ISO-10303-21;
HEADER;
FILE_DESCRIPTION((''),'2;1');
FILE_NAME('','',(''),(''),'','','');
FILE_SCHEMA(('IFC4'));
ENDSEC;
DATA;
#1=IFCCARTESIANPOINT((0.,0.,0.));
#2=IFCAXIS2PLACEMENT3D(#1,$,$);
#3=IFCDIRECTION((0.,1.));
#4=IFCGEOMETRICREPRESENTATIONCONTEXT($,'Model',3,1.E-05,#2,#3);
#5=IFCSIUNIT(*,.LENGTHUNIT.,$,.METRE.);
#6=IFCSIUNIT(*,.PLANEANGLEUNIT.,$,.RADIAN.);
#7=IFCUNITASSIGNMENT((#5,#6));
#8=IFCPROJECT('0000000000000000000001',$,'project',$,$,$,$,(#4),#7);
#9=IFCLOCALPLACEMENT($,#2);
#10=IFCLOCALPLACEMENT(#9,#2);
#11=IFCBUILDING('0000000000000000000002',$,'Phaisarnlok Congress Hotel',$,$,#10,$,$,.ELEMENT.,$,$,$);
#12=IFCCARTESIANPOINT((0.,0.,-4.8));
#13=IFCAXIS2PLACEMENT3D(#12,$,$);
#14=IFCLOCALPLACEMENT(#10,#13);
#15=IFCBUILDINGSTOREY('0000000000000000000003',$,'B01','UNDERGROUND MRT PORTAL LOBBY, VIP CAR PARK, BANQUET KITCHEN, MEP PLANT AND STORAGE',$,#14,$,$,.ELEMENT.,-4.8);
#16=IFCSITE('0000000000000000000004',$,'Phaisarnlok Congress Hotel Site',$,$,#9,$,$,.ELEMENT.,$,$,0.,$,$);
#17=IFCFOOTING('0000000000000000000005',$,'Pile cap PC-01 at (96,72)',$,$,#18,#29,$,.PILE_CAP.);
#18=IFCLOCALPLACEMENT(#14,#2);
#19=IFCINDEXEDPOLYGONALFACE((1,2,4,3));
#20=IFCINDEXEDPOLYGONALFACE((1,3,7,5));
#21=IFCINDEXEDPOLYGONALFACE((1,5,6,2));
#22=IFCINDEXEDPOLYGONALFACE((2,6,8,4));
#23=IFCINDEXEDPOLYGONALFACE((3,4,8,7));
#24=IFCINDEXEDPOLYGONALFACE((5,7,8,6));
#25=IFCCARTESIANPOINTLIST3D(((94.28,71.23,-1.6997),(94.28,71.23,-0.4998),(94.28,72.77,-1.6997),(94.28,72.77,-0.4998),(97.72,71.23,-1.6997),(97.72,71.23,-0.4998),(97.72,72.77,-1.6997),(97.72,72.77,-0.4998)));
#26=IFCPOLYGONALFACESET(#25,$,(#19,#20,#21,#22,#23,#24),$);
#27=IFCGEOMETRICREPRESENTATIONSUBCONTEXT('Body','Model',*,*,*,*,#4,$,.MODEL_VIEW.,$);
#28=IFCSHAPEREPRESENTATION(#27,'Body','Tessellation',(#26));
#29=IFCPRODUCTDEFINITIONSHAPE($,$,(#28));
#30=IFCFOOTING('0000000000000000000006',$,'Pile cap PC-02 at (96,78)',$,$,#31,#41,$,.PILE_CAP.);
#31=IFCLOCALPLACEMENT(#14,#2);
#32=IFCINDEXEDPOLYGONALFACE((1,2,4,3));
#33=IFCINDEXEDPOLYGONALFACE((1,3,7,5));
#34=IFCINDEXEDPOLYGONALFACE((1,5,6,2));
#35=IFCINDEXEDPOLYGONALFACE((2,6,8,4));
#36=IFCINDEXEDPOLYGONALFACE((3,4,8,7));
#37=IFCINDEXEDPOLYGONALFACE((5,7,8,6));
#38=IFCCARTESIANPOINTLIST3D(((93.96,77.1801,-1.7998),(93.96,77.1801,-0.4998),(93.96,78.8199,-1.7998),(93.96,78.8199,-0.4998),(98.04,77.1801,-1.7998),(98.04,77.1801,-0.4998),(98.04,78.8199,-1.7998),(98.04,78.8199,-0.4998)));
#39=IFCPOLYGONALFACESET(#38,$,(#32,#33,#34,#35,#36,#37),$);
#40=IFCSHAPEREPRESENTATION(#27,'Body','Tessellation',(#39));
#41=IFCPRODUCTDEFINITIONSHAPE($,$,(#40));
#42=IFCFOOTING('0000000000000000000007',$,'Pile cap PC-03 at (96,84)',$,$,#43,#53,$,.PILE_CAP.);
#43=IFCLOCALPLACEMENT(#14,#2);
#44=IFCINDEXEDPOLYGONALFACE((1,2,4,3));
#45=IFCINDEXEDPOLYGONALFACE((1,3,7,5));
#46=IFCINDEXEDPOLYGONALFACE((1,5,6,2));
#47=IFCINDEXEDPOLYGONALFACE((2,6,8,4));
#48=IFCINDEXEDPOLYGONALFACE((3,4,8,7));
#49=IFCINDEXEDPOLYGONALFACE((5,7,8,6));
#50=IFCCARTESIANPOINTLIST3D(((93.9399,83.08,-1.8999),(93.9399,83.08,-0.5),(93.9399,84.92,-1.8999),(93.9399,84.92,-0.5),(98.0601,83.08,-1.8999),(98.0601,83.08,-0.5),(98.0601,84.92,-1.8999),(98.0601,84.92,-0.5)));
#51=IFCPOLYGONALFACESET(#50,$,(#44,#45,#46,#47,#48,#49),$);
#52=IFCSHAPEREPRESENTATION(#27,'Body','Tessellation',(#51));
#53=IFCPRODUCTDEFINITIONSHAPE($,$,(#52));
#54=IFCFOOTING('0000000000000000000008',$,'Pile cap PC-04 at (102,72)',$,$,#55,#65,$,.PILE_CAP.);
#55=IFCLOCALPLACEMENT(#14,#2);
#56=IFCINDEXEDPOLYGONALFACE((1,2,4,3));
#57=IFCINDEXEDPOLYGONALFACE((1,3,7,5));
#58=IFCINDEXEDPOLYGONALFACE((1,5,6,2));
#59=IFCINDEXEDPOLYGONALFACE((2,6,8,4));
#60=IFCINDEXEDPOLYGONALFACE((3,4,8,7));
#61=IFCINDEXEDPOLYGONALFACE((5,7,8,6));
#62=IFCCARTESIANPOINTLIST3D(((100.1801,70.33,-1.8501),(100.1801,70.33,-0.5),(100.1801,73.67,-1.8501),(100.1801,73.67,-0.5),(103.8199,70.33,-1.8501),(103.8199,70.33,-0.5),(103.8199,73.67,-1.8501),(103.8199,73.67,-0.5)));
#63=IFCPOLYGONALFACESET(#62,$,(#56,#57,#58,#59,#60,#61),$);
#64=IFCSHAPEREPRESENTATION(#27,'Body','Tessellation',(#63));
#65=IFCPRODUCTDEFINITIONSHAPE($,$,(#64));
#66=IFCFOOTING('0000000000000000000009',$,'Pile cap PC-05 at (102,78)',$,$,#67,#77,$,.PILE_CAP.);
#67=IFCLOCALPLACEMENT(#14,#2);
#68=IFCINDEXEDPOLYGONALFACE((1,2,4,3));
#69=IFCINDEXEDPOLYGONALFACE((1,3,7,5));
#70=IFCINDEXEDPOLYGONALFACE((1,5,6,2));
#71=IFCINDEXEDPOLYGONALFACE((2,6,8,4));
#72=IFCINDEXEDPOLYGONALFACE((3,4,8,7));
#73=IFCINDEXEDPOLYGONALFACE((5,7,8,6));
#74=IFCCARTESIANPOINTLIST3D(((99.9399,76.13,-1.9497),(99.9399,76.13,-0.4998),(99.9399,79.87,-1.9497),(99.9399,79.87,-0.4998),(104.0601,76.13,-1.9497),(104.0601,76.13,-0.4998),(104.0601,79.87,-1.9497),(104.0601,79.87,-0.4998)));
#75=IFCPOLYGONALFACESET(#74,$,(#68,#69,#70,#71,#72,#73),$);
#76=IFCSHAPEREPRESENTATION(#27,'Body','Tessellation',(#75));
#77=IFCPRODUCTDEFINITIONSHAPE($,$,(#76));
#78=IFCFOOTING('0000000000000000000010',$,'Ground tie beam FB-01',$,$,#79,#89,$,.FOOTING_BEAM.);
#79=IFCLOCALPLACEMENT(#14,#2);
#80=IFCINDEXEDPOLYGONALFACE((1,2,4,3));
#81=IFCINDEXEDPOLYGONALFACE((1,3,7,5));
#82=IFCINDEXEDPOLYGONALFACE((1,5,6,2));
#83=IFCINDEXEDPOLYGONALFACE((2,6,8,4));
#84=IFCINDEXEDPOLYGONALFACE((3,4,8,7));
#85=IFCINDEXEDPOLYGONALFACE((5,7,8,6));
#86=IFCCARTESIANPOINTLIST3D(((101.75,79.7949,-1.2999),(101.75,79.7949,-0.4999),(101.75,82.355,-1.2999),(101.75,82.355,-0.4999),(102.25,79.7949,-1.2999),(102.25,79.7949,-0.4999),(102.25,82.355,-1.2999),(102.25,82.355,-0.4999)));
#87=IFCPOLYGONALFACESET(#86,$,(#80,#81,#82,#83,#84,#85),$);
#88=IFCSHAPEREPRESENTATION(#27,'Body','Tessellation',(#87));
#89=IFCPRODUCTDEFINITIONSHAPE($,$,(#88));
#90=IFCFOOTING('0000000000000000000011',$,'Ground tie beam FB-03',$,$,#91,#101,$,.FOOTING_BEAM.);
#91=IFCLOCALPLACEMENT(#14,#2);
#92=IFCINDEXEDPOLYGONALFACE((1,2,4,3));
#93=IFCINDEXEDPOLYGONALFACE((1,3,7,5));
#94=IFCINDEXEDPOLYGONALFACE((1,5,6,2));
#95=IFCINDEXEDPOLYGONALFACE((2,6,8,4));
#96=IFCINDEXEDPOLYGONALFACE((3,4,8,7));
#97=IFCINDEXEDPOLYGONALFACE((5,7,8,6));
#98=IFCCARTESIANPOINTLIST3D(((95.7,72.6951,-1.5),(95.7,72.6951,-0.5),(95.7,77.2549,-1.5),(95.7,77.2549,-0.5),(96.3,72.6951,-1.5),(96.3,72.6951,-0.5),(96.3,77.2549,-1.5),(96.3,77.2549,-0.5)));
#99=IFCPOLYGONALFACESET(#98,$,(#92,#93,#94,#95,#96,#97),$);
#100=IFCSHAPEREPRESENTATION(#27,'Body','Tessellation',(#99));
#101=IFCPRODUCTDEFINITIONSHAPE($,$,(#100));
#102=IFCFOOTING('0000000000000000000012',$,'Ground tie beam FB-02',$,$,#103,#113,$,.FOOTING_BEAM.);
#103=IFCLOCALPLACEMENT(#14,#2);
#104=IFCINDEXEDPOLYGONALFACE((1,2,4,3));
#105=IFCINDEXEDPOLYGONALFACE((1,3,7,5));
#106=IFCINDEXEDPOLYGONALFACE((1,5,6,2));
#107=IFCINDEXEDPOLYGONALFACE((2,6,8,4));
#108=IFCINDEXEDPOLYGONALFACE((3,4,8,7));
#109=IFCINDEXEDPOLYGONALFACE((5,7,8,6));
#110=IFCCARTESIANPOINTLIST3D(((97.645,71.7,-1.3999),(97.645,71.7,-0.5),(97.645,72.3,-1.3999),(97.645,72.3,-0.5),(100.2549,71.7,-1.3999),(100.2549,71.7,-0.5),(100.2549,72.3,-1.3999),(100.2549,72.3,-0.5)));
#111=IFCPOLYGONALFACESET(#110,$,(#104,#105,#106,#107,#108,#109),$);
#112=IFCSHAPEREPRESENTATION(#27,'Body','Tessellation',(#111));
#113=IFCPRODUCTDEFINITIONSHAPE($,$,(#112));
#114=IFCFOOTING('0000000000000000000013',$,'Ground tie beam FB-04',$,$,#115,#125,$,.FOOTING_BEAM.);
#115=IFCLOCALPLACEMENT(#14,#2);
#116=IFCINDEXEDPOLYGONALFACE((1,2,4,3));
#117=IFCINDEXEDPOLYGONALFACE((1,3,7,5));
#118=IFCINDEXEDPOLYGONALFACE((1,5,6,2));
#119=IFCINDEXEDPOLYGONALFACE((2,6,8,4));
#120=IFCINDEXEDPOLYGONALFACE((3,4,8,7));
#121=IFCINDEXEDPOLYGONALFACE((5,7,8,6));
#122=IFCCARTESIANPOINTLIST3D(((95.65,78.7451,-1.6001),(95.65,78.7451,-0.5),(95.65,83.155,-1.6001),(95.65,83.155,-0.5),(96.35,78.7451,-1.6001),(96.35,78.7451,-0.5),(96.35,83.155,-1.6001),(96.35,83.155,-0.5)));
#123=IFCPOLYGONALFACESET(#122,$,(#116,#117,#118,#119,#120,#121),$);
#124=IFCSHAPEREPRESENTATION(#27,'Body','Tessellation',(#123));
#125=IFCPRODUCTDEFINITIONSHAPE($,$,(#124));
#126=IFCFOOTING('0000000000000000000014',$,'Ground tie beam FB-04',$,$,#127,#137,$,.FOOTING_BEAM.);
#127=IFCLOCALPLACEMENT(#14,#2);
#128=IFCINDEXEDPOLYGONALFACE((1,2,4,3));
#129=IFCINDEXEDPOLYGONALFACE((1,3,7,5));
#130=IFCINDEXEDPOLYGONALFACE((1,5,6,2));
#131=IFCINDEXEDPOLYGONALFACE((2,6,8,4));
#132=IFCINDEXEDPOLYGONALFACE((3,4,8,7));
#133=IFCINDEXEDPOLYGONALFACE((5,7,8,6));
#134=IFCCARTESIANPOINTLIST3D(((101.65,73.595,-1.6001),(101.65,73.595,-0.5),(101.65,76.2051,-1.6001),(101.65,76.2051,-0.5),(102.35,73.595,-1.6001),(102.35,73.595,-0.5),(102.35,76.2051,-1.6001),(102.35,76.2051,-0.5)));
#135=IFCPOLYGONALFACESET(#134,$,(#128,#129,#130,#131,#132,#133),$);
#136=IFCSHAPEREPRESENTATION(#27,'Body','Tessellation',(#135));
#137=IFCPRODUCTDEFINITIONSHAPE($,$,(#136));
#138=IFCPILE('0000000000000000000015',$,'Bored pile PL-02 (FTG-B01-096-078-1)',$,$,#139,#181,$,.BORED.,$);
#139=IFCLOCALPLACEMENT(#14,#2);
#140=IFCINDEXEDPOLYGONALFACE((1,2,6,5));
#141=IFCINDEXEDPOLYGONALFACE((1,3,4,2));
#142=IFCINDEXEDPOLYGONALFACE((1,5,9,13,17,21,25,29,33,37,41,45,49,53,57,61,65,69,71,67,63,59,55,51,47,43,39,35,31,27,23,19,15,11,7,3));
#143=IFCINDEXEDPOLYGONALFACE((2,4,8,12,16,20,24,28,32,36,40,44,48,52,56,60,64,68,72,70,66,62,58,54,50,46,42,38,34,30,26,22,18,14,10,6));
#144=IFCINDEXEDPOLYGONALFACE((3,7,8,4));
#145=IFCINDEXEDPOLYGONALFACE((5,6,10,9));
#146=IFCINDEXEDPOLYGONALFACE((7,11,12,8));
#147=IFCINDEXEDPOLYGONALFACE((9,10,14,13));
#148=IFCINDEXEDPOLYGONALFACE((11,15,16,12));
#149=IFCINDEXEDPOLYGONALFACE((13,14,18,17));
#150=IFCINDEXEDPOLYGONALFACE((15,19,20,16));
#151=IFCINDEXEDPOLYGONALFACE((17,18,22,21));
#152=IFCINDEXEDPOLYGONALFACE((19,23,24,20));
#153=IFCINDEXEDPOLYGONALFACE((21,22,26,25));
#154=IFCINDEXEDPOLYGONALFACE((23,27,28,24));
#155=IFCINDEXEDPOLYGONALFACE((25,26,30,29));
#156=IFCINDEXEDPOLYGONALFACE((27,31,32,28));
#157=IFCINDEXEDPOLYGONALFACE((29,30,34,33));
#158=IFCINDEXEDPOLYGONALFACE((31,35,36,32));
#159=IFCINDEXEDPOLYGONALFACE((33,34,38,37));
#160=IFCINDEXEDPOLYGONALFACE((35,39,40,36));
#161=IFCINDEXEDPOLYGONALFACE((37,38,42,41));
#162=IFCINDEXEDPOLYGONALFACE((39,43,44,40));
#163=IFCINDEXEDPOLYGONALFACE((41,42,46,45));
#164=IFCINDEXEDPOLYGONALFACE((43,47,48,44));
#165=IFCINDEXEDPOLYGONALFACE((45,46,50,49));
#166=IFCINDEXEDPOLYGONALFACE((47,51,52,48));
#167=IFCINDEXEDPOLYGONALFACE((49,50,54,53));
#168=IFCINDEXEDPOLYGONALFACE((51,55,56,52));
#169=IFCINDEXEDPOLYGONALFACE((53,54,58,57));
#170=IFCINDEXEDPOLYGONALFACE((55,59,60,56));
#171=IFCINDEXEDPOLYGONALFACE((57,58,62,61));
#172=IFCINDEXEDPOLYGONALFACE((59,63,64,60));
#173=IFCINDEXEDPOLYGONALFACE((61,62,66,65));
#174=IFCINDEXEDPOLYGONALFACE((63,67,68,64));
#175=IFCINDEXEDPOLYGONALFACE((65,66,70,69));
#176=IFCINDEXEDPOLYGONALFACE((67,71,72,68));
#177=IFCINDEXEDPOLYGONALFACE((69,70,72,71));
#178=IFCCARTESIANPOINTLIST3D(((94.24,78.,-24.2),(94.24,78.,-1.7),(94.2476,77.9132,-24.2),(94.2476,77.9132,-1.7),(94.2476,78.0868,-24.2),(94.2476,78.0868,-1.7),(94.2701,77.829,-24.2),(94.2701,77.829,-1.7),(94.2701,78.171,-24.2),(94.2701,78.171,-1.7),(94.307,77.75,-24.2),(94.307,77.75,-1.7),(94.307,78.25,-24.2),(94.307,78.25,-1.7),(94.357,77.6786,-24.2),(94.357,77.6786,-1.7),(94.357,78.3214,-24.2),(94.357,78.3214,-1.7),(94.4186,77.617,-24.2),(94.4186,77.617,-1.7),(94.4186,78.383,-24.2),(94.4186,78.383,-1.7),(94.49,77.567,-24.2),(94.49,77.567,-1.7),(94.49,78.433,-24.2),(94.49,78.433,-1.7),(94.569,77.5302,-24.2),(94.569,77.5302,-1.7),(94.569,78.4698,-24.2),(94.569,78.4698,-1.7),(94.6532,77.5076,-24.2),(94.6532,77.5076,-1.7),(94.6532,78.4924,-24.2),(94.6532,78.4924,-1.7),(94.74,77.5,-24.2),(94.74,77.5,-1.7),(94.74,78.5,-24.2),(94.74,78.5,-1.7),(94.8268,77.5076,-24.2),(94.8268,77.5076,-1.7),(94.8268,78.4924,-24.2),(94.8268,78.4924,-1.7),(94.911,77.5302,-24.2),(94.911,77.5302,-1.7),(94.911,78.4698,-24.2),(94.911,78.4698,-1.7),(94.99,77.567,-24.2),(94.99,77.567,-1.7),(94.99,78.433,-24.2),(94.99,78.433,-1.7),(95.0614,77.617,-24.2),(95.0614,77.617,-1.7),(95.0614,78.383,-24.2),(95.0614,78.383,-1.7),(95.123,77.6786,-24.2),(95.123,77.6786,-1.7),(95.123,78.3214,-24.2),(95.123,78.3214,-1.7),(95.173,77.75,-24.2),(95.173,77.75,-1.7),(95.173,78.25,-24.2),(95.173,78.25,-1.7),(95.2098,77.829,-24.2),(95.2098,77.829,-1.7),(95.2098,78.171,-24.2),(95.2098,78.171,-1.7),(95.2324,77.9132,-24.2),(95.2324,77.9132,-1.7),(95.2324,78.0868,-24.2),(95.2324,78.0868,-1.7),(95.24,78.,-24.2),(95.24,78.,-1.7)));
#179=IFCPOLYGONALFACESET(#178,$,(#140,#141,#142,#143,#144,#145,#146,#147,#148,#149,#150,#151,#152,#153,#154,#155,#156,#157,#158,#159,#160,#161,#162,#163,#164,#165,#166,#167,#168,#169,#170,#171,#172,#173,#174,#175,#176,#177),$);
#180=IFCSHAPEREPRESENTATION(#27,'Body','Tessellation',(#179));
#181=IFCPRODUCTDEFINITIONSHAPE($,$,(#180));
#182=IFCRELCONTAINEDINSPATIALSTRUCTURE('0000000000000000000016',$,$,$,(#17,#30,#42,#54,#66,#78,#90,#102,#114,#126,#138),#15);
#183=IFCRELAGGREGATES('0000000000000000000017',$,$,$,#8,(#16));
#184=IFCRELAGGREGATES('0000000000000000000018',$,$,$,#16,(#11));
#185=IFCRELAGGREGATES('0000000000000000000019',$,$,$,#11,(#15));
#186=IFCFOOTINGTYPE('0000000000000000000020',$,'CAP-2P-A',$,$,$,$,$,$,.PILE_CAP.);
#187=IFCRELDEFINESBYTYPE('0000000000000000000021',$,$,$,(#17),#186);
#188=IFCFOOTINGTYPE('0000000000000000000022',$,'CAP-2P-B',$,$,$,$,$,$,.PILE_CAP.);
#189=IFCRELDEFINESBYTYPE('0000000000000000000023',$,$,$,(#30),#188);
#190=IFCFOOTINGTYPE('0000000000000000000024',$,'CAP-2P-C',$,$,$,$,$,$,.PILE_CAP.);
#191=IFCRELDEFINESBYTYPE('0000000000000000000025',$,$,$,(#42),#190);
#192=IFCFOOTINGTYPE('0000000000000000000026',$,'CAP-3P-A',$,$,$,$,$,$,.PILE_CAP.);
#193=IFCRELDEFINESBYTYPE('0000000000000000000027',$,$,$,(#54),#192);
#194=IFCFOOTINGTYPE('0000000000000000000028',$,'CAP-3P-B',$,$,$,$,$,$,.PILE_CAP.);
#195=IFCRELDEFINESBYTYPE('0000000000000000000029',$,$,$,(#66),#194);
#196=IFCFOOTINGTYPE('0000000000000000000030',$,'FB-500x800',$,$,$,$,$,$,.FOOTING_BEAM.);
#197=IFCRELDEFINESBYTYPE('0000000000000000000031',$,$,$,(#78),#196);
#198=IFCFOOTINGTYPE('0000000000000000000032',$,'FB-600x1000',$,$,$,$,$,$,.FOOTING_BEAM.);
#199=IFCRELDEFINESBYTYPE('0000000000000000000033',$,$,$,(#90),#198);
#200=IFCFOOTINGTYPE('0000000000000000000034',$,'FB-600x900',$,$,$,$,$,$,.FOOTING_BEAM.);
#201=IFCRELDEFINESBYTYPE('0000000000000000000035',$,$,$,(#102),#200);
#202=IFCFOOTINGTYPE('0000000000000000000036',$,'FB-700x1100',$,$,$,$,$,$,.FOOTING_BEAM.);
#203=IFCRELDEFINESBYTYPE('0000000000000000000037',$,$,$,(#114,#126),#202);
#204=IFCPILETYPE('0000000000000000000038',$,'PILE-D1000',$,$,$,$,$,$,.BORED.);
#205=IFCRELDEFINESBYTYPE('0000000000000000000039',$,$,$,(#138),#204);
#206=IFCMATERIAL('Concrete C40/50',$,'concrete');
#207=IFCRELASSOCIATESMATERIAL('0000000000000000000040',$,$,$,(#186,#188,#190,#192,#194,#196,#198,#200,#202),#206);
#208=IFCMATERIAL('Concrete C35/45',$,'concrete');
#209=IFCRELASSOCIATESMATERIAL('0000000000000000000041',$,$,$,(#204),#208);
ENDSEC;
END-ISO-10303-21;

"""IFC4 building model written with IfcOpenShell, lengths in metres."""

from ifc_helpers import new_model, si_unit, direction, frame, origin, origin_2d, place, context, subcontext, project, spatial, rectangle, circle, extrude, material, material_profile, profile_set, type_object, element, save


model = new_model("IFC4")

# Units and contexts
model_context = context("Model", 3, precision=1e-05, world=origin(), true_north=direction((0.0, 1.0)))
body_context = subcontext(model_context, "Body", "Model", "MODEL_VIEW")
ifc_project = project(units=[si_unit("LENGTHUNIT", "METRE"), si_unit("PLANEANGLEUNIT", "RADIAN")], contexts=[model_context])

# Site, building, storey
site_placement = place(None, origin())
site = spatial("IfcSite", under=ifc_project, at=site_placement, Name="Phaisarnlok Congress Hotel Site", CompositionType="ELEMENT", RefElevation=0.0)
building_placement = place(site_placement, origin())
building = spatial("IfcBuilding", under=site, at=building_placement, Name="Phaisarnlok Congress Hotel", CompositionType="ELEMENT")
storey_placement = place(building_placement, frame((0.0, 0.0, -4.8)))
storey = spatial("IfcBuildingStorey", under=building, at=storey_placement, Name="B01", Description="UNDERGROUND MRT PORTAL LOBBY, VIP CAR PARK, BANQUET KITCHEN, MEP PLANT AND STORAGE", CompositionType="ELEMENT", Elevation=-4.8)

# Footings
ifc_material_1 = material(Name="Concrete C40/50", Category="concrete")
footing_type_1 = type_object("IfcFootingType", Name="CAP-2P-A", PredefinedType="PILE_CAP", material=ifc_material_1)
footing_1_placement = place(storey_placement, frame((96.0, 72.0, -1.6997), z_axis=(0.0, 0.0, 1.0), x_axis=(1.0, 0.0, 0.0)))
element("IfcFooting", 1, at=footing_1_placement, inside=storey, type_object=footing_type_1, Name="Pile cap PC-01 at (96,72)", PredefinedType="PILE_CAP", context=body_context, shape_type="SweptSolid", body=[
    extrude(rectangle(XDim=3.4399, YDim=1.54, at=origin_2d()), origin(), (0.0, 0.0, 1.0), 1.2),
])
footing_type_2 = type_object("IfcFootingType", Name="CAP-2P-B", PredefinedType="PILE_CAP", material=ifc_material_1)
footing_2_placement = place(storey_placement, frame((96.0, 78.0, -1.7998), z_axis=(0.0, 0.0, 1.0), x_axis=(1.0, 0.0, 0.0)))
element("IfcFooting", 2, at=footing_2_placement, inside=storey, type_object=footing_type_2, Name="Pile cap PC-02 at (96,78)", PredefinedType="PILE_CAP", context=body_context, shape_type="SweptSolid", body=[
    extrude(rectangle(XDim=4.0801, YDim=1.6399, at=origin_2d()), origin(), (0.0, 0.0, 1.0), 1.3),
])
footing_type_3 = type_object("IfcFootingType", Name="CAP-2P-C", PredefinedType="PILE_CAP", material=ifc_material_1)
footing_3_placement = place(storey_placement, frame((96.0, 84.0, -1.8999), z_axis=(0.0, 0.0, 1.0), x_axis=(1.0, 0.0, 0.0)))
element("IfcFooting", 3, at=footing_3_placement, inside=storey, type_object=footing_type_3, Name="Pile cap PC-03 at (96,84)", PredefinedType="PILE_CAP", context=body_context, shape_type="SweptSolid", body=[
    extrude(rectangle(XDim=4.1201, YDim=1.8401, at=origin_2d()), origin(), (0.0, 0.0, 1.0), 1.3999),
])
footing_type_4 = type_object("IfcFootingType", Name="CAP-3P-A", PredefinedType="PILE_CAP", material=ifc_material_1)
footing_4_placement = place(storey_placement, frame((102.0, 72.0, -1.8501), z_axis=(0.0, 0.0, 1.0), x_axis=(1.0, 0.0, 0.0)))
element("IfcFooting", 4, at=footing_4_placement, inside=storey, type_object=footing_type_4, Name="Pile cap PC-04 at (102,72)", PredefinedType="PILE_CAP", context=body_context, shape_type="SweptSolid", body=[
    extrude(rectangle(XDim=3.6399, YDim=3.3401, at=origin_2d()), origin(), (0.0, 0.0, 1.0), 1.3501),
])
footing_type_5 = type_object("IfcFootingType", Name="CAP-3P-B", PredefinedType="PILE_CAP", material=ifc_material_1)
footing_5_placement = place(storey_placement, frame((102.0, 78.0, -1.9497), z_axis=(0.0, 0.0, 1.0), x_axis=(1.0, 0.0, 0.0)))
element("IfcFooting", 5, at=footing_5_placement, inside=storey, type_object=footing_type_5, Name="Pile cap PC-05 at (102,78)", PredefinedType="PILE_CAP", context=body_context, shape_type="SweptSolid", body=[
    extrude(rectangle(XDim=4.1201, YDim=3.74, at=origin_2d()), origin(), (0.0, 0.0, 1.0), 1.45),
])
ifc_material_profile_1 = material_profile(ifc_material_1, rectangle(XDim=0.5, YDim=0.8, at=origin_2d()), Name="FB-500x800")
ifc_profile_set_1 = profile_set([ifc_material_profile_1], Name="Concrete C40/50")
footing_type_6 = type_object("IfcFootingType", Name="FB-500x800", PredefinedType="FOOTING_BEAM", material=ifc_profile_set_1)
footing_6_placement = place(storey_placement, frame((102.0, 79.7949, -0.8999), z_axis=(0.0, 1.0, 0.0), x_axis=(-1.0, 0.0, 0.0)))
element("IfcFooting", 6, at=footing_6_placement, inside=storey, type_object=footing_type_6, Name="Ground tie beam FB-01", PredefinedType="FOOTING_BEAM", context=body_context, shape_type="SweptSolid", body=[
    extrude(rectangle(XDim=0.5, YDim=0.8, at=origin_2d()), origin(), (0.0, 0.0, 1.0), 2.5601),
])
ifc_material_profile_2 = material_profile(ifc_material_1, rectangle(XDim=0.6001, YDim=1.0, at=origin_2d()), Name="FB-600x1000")
ifc_profile_set_2 = profile_set([ifc_material_profile_2], Name="Concrete C40/50")
footing_type_7 = type_object("IfcFootingType", Name="FB-600x1000", PredefinedType="FOOTING_BEAM", material=ifc_profile_set_2)
footing_7_placement = place(storey_placement, frame((96.0, 72.6951, -1.0), z_axis=(0.0, 1.0, 0.0), x_axis=(-1.0, 0.0, 0.0)))
element("IfcFooting", 7, at=footing_7_placement, inside=storey, type_object=footing_type_7, Name="Ground tie beam FB-03", PredefinedType="FOOTING_BEAM", context=body_context, shape_type="SweptSolid", body=[
    extrude(rectangle(XDim=0.6001, YDim=1.0, at=origin_2d()), origin(), (0.0, 0.0, 1.0), 4.5598),
])
ifc_material_profile_3 = material_profile(ifc_material_1, rectangle(XDim=0.6001, YDim=0.8999, at=origin_2d()), Name="FB-600x900")
ifc_profile_set_3 = profile_set([ifc_material_profile_3], Name="Concrete C40/50")
footing_type_8 = type_object("IfcFootingType", Name="FB-600x900", PredefinedType="FOOTING_BEAM", material=ifc_profile_set_3)
footing_8_placement = place(storey_placement, frame((97.645, 72.0, -0.95), z_axis=(1.0, 0.0, 0.0), x_axis=(0.0, 1.0, 0.0)))
element("IfcFooting", 8, at=footing_8_placement, inside=storey, type_object=footing_type_8, Name="Ground tie beam FB-02", PredefinedType="FOOTING_BEAM", context=body_context, shape_type="SweptSolid", body=[
    extrude(rectangle(XDim=0.6001, YDim=0.8999, at=origin_2d()), origin(), (0.0, 0.0, 1.0), 2.6099),
])
ifc_material_profile_4 = material_profile(ifc_material_1, rectangle(XDim=0.7, YDim=1.1001, at=origin_2d()), Name="FB-700x1100")
ifc_profile_set_4 = profile_set([ifc_material_profile_4], Name="Concrete C40/50")
footing_type_9 = type_object("IfcFootingType", Name="FB-700x1100", PredefinedType="FOOTING_BEAM", material=ifc_profile_set_4)
footing_9_placement = place(storey_placement, frame((96.0, 78.7451, -1.05), z_axis=(0.0, 1.0, 0.0), x_axis=(-1.0, 0.0, 0.0)))
element("IfcFooting", 9, at=footing_9_placement, inside=storey, type_object=footing_type_9, Name="Ground tie beam FB-04", PredefinedType="FOOTING_BEAM", context=body_context, shape_type="SweptSolid", body=[
    extrude(rectangle(XDim=0.7, YDim=1.1001, at=origin_2d()), origin(), (0.0, 0.0, 1.0), 4.4099),
])
footing_10_placement = place(storey_placement, frame((102.0, 73.595, -1.05), z_axis=(0.0, 1.0, 0.0), x_axis=(-1.0, 0.0, 0.0)))
element("IfcFooting", 10, at=footing_10_placement, inside=storey, type_object=footing_type_9, Name="Ground tie beam FB-04", PredefinedType="FOOTING_BEAM", context=body_context, shape_type="SweptSolid", body=[
    extrude(rectangle(XDim=0.7, YDim=1.1001, at=origin_2d()), origin(), (0.0, 0.0, 1.0), 2.6101),
])

# Pile
ifc_material_2 = material(Name="Concrete C35/45", Category="concrete")
ifc_material_profile_5 = material_profile(ifc_material_2, circle(Radius=0.5, at=origin_2d()), Name="BORED PILE D1000")
ifc_profile_set_5 = profile_set([ifc_material_profile_5], Name="Concrete C35/45")
pile_type_1 = type_object("IfcPileType", Name="PILE-D1000", PredefinedType="BORED", material=ifc_profile_set_5)
for number, where, z_axis, x_axis, name in (
    (11, (94.74, 78.0, -1.7), (0.0, 0.0, -1.0), (1.0, 0.0, 0.0), "Bored pile PL-02 (FTG-B01-096-078-1)"),
):
    element("IfcPile", number, at=place(storey_placement, frame(where, z_axis=z_axis, x_axis=x_axis)), inside=storey, type_object=pile_type_1, Name=name, PredefinedType="BORED", context=body_context, shape_type="SweptSolid", body=[
        extrude(circle(Radius=0.5, at=origin_2d()), origin(), (0.0, 0.0, 1.0), 22.5),
    ])

save(model, "model.ifc")
